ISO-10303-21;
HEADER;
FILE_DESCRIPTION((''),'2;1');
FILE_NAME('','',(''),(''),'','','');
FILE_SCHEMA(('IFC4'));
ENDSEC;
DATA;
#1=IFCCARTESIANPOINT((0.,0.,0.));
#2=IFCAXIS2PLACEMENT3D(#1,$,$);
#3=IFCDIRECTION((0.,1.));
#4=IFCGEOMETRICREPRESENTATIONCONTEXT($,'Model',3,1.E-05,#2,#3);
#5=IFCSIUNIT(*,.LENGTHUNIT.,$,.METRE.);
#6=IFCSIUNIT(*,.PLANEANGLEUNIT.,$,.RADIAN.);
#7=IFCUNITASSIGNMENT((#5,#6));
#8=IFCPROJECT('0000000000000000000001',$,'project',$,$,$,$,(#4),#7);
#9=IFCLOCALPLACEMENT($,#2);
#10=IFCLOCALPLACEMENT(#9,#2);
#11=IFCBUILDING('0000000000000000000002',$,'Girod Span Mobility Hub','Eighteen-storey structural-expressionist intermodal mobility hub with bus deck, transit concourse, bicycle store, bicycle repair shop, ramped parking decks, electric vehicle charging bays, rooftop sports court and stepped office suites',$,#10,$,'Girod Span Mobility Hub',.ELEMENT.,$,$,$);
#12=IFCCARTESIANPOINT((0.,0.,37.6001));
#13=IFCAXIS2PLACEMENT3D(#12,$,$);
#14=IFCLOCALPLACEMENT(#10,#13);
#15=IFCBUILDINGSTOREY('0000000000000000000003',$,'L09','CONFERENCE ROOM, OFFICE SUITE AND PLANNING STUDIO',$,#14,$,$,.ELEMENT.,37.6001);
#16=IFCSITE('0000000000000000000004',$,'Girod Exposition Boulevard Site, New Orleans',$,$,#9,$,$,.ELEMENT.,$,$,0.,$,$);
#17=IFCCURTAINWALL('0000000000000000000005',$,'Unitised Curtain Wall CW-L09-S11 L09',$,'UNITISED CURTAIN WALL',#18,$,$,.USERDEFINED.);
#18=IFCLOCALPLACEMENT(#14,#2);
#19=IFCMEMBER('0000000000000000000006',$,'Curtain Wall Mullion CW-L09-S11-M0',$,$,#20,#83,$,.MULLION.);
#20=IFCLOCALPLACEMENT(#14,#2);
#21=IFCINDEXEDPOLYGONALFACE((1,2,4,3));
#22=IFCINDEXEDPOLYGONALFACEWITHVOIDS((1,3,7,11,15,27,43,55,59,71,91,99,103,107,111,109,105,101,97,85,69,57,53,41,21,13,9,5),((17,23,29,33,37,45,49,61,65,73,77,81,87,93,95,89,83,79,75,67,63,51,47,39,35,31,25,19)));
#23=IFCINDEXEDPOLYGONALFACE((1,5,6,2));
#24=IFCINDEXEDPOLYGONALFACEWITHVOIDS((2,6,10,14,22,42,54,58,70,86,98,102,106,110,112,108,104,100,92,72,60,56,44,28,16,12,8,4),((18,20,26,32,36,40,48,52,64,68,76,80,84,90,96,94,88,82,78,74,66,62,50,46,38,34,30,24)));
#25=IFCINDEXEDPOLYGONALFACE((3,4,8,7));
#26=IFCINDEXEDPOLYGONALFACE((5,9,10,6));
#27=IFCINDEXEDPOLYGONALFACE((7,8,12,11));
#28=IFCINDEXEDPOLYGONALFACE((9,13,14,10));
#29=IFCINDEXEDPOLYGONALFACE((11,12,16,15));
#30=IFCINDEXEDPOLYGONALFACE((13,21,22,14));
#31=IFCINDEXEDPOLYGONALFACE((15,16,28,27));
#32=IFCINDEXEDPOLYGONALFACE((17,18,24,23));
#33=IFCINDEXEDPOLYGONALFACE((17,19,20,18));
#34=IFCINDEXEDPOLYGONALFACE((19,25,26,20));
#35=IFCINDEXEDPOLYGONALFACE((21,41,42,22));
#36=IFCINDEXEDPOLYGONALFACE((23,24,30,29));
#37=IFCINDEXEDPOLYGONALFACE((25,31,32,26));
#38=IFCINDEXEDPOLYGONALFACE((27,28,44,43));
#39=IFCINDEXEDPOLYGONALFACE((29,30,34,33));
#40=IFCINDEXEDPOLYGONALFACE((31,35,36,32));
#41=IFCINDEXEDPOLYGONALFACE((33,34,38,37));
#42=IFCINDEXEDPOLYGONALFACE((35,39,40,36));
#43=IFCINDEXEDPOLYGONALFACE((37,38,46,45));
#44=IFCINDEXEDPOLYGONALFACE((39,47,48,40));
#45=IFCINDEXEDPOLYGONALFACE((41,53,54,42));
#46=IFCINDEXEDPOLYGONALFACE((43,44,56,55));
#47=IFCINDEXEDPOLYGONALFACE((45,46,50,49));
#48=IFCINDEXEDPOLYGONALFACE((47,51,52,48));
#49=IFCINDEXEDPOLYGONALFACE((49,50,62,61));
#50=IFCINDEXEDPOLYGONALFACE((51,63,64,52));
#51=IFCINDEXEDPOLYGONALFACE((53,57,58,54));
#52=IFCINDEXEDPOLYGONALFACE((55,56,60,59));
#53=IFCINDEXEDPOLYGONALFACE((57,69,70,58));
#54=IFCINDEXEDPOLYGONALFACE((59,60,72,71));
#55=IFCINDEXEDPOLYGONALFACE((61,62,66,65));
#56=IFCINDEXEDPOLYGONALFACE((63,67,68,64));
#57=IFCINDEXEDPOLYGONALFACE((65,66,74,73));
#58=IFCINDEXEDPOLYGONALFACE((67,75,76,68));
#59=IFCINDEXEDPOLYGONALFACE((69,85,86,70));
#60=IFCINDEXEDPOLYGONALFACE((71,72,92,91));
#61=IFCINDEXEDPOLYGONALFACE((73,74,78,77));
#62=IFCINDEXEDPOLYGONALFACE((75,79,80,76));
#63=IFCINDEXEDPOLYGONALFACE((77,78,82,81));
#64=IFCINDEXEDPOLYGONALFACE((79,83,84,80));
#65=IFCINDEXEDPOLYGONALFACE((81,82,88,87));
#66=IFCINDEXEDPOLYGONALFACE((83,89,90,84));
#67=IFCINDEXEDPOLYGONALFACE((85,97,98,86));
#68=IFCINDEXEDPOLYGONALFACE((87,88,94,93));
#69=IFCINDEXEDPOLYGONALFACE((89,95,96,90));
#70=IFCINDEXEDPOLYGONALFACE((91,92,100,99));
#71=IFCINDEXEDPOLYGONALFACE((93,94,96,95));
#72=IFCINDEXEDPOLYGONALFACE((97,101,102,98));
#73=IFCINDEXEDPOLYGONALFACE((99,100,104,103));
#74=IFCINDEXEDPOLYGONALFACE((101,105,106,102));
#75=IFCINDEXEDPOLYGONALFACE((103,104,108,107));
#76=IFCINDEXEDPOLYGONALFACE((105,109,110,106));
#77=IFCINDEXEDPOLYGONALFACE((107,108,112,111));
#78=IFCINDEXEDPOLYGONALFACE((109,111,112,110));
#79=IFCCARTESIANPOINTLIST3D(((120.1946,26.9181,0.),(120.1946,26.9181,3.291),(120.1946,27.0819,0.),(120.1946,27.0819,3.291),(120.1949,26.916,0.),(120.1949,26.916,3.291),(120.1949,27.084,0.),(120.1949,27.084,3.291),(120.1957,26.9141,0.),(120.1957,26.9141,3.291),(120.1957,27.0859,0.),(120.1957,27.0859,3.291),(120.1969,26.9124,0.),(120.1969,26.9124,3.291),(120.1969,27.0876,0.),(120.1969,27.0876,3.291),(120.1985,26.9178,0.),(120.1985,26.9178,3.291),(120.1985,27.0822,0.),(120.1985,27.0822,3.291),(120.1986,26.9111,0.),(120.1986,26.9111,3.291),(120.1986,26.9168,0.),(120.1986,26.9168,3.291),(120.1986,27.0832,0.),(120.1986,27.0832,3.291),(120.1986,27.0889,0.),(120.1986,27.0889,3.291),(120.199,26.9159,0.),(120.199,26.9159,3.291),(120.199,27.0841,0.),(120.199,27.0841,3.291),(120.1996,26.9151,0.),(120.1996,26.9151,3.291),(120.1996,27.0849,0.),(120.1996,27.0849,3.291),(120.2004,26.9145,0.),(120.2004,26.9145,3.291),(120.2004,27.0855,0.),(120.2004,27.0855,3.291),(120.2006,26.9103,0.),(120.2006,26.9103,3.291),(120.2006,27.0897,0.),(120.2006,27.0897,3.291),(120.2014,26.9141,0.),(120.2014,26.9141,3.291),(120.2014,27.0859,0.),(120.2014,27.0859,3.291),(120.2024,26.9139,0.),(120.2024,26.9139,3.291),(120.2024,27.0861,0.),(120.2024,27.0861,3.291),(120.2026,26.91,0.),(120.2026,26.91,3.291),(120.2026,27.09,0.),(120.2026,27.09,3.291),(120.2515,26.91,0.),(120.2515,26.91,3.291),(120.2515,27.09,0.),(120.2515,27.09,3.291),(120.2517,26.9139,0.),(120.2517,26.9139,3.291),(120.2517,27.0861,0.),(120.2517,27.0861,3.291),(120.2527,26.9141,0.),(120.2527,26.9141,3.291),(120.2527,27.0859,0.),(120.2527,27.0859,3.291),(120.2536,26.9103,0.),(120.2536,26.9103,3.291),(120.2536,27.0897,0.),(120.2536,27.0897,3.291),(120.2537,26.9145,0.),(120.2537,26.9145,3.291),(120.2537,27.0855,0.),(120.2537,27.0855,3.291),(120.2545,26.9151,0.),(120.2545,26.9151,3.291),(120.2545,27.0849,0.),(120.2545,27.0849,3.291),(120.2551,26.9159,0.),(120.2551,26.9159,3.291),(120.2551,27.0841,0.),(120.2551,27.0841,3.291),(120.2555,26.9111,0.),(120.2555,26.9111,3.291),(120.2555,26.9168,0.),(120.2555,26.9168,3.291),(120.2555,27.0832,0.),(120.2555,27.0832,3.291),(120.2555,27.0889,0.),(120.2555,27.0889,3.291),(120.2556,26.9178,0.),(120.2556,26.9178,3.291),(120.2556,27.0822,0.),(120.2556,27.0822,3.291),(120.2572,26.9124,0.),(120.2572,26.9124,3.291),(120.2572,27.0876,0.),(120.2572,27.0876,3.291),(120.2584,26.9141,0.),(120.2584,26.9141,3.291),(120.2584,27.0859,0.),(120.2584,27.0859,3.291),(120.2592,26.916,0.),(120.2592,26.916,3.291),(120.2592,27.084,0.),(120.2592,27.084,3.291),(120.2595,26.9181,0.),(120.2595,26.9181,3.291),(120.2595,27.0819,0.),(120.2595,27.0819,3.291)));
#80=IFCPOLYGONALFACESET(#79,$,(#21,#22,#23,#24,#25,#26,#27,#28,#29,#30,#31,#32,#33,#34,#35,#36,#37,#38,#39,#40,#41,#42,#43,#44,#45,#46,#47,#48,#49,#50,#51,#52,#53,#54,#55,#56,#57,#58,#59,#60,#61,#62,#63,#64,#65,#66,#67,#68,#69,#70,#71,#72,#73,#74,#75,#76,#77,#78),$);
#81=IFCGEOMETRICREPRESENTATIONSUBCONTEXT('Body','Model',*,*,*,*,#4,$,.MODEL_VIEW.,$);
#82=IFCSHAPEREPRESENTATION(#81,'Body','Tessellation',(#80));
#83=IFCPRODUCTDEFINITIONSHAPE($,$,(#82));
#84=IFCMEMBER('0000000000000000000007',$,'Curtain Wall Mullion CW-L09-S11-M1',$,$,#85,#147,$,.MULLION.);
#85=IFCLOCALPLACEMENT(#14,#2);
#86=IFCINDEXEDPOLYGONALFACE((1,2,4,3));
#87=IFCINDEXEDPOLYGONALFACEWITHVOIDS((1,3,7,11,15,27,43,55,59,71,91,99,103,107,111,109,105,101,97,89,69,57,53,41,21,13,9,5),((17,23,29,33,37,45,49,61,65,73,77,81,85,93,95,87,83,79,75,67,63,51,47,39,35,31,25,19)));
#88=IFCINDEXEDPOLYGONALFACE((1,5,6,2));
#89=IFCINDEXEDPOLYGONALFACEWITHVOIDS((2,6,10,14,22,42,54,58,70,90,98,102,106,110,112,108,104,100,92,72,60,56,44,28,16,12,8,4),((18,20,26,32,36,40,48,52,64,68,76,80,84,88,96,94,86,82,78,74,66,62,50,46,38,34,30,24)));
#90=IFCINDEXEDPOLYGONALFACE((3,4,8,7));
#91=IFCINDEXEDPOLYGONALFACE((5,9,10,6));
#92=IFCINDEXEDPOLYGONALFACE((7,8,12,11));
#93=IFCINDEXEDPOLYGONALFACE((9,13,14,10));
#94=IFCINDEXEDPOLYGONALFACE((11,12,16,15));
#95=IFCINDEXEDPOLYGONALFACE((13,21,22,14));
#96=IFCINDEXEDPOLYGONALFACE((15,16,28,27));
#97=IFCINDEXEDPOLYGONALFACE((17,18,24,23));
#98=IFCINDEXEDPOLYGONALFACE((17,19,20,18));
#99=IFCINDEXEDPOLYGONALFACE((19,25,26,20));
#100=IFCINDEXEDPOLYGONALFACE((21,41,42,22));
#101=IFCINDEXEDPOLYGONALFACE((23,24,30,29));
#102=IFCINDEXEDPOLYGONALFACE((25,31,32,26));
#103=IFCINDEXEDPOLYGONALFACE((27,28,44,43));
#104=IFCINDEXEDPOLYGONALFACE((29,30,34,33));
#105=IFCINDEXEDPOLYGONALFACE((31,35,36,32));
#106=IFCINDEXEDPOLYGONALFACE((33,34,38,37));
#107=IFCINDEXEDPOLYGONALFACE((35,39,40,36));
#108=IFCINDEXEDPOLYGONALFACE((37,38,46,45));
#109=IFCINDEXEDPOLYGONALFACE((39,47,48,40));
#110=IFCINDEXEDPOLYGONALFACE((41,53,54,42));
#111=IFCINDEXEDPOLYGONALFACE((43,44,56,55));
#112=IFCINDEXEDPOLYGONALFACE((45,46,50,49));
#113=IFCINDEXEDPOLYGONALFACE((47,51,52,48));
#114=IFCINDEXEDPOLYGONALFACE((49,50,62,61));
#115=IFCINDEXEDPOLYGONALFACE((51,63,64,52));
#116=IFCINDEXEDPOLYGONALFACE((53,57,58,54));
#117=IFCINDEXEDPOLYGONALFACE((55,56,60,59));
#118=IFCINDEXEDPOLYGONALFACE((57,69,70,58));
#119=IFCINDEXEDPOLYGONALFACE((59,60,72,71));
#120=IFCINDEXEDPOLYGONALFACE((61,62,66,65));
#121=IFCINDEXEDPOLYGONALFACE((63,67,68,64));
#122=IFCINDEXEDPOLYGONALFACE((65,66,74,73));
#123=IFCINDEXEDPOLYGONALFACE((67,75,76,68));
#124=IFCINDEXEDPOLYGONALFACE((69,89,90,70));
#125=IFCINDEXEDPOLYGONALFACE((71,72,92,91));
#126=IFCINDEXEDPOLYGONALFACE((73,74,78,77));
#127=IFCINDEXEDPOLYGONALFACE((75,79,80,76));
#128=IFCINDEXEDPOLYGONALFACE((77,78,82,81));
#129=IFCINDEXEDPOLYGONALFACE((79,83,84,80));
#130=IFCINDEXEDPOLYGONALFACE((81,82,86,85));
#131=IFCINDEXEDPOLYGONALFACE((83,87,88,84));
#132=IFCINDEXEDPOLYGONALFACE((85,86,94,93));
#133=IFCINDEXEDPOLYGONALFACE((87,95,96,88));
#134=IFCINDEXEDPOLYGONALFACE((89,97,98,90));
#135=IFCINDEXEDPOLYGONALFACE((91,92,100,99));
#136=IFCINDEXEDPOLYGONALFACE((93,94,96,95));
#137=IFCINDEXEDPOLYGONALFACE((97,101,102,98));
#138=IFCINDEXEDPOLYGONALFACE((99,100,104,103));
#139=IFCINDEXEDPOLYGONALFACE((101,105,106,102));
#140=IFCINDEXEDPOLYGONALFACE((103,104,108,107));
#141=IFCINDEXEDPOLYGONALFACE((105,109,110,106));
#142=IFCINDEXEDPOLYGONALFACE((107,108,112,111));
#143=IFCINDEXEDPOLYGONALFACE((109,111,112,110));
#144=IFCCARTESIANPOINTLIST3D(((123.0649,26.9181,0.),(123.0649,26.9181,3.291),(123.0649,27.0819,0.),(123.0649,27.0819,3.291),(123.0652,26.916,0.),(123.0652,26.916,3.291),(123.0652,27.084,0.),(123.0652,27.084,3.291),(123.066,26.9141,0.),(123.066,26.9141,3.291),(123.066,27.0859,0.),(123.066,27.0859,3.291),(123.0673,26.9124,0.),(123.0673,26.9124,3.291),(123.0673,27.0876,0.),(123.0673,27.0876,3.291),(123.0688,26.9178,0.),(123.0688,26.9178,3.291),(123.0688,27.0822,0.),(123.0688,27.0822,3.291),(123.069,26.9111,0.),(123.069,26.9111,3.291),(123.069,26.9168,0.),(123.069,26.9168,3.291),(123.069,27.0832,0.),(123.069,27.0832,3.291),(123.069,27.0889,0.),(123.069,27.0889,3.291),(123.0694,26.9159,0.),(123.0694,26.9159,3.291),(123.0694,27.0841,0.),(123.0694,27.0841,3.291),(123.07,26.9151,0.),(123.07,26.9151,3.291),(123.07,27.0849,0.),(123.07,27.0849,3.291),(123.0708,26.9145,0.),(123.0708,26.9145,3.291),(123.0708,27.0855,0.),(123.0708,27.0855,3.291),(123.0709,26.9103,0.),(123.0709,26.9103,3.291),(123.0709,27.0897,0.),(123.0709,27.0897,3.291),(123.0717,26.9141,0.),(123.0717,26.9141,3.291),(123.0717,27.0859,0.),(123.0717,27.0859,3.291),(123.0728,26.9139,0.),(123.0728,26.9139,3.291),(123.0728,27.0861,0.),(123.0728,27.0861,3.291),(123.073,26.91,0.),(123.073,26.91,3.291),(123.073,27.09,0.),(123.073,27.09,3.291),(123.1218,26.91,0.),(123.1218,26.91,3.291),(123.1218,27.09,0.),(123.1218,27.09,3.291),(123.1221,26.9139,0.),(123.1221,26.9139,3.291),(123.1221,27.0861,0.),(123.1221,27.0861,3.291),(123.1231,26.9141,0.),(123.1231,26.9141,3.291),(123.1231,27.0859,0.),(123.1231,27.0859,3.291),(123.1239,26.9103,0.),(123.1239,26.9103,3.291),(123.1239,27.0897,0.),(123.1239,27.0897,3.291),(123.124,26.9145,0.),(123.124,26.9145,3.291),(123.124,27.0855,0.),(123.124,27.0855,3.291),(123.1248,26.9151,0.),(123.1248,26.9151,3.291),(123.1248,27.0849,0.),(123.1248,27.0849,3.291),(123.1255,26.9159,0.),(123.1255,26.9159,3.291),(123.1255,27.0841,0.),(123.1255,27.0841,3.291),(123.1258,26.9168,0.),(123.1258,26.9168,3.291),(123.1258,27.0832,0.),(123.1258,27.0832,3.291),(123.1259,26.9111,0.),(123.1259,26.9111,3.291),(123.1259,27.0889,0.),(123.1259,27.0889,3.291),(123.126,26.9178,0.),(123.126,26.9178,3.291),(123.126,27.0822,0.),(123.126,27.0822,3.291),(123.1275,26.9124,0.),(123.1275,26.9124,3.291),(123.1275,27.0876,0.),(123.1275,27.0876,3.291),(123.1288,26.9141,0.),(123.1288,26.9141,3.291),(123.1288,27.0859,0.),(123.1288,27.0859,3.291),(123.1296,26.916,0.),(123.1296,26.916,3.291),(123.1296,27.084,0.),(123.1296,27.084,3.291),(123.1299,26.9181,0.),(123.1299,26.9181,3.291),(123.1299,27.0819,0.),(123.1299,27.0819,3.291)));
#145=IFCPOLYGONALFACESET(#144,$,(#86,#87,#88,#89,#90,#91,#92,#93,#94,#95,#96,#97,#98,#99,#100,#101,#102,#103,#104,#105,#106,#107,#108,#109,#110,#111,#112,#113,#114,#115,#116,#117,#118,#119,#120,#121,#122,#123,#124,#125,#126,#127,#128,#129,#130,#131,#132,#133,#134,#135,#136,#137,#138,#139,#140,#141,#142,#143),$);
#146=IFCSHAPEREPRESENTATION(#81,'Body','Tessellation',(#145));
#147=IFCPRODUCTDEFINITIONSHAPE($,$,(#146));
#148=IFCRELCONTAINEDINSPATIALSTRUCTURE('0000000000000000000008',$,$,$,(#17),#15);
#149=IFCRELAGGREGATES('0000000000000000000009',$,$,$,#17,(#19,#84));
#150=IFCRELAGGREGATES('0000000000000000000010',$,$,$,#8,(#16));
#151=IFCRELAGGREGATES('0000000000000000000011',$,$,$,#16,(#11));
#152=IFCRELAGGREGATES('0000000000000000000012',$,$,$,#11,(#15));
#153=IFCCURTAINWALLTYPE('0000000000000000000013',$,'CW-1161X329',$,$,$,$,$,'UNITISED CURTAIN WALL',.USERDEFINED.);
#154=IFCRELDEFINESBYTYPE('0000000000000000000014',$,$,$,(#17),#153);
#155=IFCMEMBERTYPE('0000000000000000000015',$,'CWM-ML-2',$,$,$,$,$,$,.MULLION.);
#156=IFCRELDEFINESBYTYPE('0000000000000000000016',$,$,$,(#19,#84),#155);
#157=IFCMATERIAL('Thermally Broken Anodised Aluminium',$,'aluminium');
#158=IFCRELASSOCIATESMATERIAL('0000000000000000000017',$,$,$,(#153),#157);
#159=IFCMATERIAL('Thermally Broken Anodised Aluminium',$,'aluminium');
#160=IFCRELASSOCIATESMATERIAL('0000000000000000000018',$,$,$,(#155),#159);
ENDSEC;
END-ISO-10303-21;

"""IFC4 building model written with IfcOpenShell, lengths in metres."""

from ifc_helpers import new_model, si_unit, direction, frame, origin, origin_2d, place, context, subcontext, project, spatial, hollow_rectangle, extrude, material, material_profile, profile_set, type_object, element, aggregate, save


model = new_model("IFC4")

# Units and contexts
model_context = context("Model", 3, precision=1e-05, world=origin(), true_north=direction((0.0, 1.0)))
body_context = subcontext(model_context, "Body", "Model", "MODEL_VIEW")
ifc_project = project(units=[si_unit("LENGTHUNIT", "METRE"), si_unit("PLANEANGLEUNIT", "RADIAN")], contexts=[model_context])

# Site, building, storey
site_placement = place(None, origin())
site = spatial("IfcSite", under=ifc_project, at=site_placement, Name="Girod Exposition Boulevard Site, New Orleans", CompositionType="ELEMENT", RefElevation=0.0)
building_placement = place(site_placement, origin())
building = spatial("IfcBuilding", under=site, at=building_placement, Name="Girod Span Mobility Hub", Description="Eighteen-storey structural-expressionist intermodal mobility hub with bus deck, transit concourse, bicycle store, bicycle repair shop, ramped parking decks, electric vehicle charging bays, rooftop sports court and stepped office suites", LongName="Girod Span Mobility Hub", CompositionType="ELEMENT")
storey_placement = place(building_placement, frame((0.0, 0.0, 37.6001)))
storey = spatial("IfcBuildingStorey", under=building, at=storey_placement, Name="L09", Description="CONFERENCE ROOM, OFFICE SUITE AND PLANNING STUDIO", CompositionType="ELEMENT", Elevation=37.6001)

# Curtain wall, members
ifc_material_1 = material(Name="Thermally Broken Anodised Aluminium", Category="aluminium")
curtain_wall_type = type_object("IfcCurtainWallType", Name="CW-1161X329", ElementType="UNITISED CURTAIN WALL", PredefinedType="USERDEFINED", material=ifc_material_1)
ifc_material_2 = material(Name="Thermally Broken Anodised Aluminium", Category="aluminium")
ifc_material_profile_1 = material_profile(ifc_material_2, hollow_rectangle(XDim=0.1799, YDim=0.0649, WallThickness=0.0039, InnerFilletRadius=0.0039, OuterFilletRadius=0.0081, at=origin_2d()), Name="CW-ML-65X180")
ifc_profile_set_1 = profile_set([ifc_material_profile_1], Name="Thermally Broken Anodised Aluminium")
member_type_1 = type_object("IfcMemberType", Name="CWM-ML-2", PredefinedType="MULLION", material=ifc_profile_set_1)
curtain_wall_1_placement = place(storey_placement, origin())
curtain_wall_1 = element("IfcCurtainWall", 1, at=curtain_wall_1_placement, inside=storey, type_object=curtain_wall_type, Name="Unitised Curtain Wall CW-L09-S11 L09", ObjectType="UNITISED CURTAIN WALL", PredefinedType="USERDEFINED")
member_1_placement = place(storey_placement, frame((120.2271, 27.0, 0.0), z_axis=(0.0, 0.0, 1.0), x_axis=(0.0, 1.0, 0.0)))
member_1 = element("IfcMember", 2, at=member_1_placement, type_object=member_type_1, Name="Curtain Wall Mullion CW-L09-S11-M0", PredefinedType="MULLION", context=body_context, shape_type="SweptSolid", body=[
    extrude(hollow_rectangle(XDim=0.1799, YDim=0.0649, WallThickness=0.0039, InnerFilletRadius=0.0039, OuterFilletRadius=0.0081, at=origin_2d()), origin(), (0.0, 0.0, 1.0), 3.291),
])
member_2_placement = place(storey_placement, frame((123.0974, 27.0, 0.0), z_axis=(0.0, 0.0, 1.0), x_axis=(0.0, 1.0, 0.0)))
member_2 = element("IfcMember", 3, at=member_2_placement, type_object=member_type_1, Name="Curtain Wall Mullion CW-L09-S11-M1", PredefinedType="MULLION", context=body_context, shape_type="SweptSolid", body=[
    extrude(hollow_rectangle(XDim=0.1799, YDim=0.0649, WallThickness=0.0039, InnerFilletRadius=0.0039, OuterFilletRadius=0.0081, at=origin_2d()), origin(), (0.0, 0.0, 1.0), 3.291),
])

aggregate(curtain_wall_1, [member_1, member_2])

save(model, "model.ifc")
